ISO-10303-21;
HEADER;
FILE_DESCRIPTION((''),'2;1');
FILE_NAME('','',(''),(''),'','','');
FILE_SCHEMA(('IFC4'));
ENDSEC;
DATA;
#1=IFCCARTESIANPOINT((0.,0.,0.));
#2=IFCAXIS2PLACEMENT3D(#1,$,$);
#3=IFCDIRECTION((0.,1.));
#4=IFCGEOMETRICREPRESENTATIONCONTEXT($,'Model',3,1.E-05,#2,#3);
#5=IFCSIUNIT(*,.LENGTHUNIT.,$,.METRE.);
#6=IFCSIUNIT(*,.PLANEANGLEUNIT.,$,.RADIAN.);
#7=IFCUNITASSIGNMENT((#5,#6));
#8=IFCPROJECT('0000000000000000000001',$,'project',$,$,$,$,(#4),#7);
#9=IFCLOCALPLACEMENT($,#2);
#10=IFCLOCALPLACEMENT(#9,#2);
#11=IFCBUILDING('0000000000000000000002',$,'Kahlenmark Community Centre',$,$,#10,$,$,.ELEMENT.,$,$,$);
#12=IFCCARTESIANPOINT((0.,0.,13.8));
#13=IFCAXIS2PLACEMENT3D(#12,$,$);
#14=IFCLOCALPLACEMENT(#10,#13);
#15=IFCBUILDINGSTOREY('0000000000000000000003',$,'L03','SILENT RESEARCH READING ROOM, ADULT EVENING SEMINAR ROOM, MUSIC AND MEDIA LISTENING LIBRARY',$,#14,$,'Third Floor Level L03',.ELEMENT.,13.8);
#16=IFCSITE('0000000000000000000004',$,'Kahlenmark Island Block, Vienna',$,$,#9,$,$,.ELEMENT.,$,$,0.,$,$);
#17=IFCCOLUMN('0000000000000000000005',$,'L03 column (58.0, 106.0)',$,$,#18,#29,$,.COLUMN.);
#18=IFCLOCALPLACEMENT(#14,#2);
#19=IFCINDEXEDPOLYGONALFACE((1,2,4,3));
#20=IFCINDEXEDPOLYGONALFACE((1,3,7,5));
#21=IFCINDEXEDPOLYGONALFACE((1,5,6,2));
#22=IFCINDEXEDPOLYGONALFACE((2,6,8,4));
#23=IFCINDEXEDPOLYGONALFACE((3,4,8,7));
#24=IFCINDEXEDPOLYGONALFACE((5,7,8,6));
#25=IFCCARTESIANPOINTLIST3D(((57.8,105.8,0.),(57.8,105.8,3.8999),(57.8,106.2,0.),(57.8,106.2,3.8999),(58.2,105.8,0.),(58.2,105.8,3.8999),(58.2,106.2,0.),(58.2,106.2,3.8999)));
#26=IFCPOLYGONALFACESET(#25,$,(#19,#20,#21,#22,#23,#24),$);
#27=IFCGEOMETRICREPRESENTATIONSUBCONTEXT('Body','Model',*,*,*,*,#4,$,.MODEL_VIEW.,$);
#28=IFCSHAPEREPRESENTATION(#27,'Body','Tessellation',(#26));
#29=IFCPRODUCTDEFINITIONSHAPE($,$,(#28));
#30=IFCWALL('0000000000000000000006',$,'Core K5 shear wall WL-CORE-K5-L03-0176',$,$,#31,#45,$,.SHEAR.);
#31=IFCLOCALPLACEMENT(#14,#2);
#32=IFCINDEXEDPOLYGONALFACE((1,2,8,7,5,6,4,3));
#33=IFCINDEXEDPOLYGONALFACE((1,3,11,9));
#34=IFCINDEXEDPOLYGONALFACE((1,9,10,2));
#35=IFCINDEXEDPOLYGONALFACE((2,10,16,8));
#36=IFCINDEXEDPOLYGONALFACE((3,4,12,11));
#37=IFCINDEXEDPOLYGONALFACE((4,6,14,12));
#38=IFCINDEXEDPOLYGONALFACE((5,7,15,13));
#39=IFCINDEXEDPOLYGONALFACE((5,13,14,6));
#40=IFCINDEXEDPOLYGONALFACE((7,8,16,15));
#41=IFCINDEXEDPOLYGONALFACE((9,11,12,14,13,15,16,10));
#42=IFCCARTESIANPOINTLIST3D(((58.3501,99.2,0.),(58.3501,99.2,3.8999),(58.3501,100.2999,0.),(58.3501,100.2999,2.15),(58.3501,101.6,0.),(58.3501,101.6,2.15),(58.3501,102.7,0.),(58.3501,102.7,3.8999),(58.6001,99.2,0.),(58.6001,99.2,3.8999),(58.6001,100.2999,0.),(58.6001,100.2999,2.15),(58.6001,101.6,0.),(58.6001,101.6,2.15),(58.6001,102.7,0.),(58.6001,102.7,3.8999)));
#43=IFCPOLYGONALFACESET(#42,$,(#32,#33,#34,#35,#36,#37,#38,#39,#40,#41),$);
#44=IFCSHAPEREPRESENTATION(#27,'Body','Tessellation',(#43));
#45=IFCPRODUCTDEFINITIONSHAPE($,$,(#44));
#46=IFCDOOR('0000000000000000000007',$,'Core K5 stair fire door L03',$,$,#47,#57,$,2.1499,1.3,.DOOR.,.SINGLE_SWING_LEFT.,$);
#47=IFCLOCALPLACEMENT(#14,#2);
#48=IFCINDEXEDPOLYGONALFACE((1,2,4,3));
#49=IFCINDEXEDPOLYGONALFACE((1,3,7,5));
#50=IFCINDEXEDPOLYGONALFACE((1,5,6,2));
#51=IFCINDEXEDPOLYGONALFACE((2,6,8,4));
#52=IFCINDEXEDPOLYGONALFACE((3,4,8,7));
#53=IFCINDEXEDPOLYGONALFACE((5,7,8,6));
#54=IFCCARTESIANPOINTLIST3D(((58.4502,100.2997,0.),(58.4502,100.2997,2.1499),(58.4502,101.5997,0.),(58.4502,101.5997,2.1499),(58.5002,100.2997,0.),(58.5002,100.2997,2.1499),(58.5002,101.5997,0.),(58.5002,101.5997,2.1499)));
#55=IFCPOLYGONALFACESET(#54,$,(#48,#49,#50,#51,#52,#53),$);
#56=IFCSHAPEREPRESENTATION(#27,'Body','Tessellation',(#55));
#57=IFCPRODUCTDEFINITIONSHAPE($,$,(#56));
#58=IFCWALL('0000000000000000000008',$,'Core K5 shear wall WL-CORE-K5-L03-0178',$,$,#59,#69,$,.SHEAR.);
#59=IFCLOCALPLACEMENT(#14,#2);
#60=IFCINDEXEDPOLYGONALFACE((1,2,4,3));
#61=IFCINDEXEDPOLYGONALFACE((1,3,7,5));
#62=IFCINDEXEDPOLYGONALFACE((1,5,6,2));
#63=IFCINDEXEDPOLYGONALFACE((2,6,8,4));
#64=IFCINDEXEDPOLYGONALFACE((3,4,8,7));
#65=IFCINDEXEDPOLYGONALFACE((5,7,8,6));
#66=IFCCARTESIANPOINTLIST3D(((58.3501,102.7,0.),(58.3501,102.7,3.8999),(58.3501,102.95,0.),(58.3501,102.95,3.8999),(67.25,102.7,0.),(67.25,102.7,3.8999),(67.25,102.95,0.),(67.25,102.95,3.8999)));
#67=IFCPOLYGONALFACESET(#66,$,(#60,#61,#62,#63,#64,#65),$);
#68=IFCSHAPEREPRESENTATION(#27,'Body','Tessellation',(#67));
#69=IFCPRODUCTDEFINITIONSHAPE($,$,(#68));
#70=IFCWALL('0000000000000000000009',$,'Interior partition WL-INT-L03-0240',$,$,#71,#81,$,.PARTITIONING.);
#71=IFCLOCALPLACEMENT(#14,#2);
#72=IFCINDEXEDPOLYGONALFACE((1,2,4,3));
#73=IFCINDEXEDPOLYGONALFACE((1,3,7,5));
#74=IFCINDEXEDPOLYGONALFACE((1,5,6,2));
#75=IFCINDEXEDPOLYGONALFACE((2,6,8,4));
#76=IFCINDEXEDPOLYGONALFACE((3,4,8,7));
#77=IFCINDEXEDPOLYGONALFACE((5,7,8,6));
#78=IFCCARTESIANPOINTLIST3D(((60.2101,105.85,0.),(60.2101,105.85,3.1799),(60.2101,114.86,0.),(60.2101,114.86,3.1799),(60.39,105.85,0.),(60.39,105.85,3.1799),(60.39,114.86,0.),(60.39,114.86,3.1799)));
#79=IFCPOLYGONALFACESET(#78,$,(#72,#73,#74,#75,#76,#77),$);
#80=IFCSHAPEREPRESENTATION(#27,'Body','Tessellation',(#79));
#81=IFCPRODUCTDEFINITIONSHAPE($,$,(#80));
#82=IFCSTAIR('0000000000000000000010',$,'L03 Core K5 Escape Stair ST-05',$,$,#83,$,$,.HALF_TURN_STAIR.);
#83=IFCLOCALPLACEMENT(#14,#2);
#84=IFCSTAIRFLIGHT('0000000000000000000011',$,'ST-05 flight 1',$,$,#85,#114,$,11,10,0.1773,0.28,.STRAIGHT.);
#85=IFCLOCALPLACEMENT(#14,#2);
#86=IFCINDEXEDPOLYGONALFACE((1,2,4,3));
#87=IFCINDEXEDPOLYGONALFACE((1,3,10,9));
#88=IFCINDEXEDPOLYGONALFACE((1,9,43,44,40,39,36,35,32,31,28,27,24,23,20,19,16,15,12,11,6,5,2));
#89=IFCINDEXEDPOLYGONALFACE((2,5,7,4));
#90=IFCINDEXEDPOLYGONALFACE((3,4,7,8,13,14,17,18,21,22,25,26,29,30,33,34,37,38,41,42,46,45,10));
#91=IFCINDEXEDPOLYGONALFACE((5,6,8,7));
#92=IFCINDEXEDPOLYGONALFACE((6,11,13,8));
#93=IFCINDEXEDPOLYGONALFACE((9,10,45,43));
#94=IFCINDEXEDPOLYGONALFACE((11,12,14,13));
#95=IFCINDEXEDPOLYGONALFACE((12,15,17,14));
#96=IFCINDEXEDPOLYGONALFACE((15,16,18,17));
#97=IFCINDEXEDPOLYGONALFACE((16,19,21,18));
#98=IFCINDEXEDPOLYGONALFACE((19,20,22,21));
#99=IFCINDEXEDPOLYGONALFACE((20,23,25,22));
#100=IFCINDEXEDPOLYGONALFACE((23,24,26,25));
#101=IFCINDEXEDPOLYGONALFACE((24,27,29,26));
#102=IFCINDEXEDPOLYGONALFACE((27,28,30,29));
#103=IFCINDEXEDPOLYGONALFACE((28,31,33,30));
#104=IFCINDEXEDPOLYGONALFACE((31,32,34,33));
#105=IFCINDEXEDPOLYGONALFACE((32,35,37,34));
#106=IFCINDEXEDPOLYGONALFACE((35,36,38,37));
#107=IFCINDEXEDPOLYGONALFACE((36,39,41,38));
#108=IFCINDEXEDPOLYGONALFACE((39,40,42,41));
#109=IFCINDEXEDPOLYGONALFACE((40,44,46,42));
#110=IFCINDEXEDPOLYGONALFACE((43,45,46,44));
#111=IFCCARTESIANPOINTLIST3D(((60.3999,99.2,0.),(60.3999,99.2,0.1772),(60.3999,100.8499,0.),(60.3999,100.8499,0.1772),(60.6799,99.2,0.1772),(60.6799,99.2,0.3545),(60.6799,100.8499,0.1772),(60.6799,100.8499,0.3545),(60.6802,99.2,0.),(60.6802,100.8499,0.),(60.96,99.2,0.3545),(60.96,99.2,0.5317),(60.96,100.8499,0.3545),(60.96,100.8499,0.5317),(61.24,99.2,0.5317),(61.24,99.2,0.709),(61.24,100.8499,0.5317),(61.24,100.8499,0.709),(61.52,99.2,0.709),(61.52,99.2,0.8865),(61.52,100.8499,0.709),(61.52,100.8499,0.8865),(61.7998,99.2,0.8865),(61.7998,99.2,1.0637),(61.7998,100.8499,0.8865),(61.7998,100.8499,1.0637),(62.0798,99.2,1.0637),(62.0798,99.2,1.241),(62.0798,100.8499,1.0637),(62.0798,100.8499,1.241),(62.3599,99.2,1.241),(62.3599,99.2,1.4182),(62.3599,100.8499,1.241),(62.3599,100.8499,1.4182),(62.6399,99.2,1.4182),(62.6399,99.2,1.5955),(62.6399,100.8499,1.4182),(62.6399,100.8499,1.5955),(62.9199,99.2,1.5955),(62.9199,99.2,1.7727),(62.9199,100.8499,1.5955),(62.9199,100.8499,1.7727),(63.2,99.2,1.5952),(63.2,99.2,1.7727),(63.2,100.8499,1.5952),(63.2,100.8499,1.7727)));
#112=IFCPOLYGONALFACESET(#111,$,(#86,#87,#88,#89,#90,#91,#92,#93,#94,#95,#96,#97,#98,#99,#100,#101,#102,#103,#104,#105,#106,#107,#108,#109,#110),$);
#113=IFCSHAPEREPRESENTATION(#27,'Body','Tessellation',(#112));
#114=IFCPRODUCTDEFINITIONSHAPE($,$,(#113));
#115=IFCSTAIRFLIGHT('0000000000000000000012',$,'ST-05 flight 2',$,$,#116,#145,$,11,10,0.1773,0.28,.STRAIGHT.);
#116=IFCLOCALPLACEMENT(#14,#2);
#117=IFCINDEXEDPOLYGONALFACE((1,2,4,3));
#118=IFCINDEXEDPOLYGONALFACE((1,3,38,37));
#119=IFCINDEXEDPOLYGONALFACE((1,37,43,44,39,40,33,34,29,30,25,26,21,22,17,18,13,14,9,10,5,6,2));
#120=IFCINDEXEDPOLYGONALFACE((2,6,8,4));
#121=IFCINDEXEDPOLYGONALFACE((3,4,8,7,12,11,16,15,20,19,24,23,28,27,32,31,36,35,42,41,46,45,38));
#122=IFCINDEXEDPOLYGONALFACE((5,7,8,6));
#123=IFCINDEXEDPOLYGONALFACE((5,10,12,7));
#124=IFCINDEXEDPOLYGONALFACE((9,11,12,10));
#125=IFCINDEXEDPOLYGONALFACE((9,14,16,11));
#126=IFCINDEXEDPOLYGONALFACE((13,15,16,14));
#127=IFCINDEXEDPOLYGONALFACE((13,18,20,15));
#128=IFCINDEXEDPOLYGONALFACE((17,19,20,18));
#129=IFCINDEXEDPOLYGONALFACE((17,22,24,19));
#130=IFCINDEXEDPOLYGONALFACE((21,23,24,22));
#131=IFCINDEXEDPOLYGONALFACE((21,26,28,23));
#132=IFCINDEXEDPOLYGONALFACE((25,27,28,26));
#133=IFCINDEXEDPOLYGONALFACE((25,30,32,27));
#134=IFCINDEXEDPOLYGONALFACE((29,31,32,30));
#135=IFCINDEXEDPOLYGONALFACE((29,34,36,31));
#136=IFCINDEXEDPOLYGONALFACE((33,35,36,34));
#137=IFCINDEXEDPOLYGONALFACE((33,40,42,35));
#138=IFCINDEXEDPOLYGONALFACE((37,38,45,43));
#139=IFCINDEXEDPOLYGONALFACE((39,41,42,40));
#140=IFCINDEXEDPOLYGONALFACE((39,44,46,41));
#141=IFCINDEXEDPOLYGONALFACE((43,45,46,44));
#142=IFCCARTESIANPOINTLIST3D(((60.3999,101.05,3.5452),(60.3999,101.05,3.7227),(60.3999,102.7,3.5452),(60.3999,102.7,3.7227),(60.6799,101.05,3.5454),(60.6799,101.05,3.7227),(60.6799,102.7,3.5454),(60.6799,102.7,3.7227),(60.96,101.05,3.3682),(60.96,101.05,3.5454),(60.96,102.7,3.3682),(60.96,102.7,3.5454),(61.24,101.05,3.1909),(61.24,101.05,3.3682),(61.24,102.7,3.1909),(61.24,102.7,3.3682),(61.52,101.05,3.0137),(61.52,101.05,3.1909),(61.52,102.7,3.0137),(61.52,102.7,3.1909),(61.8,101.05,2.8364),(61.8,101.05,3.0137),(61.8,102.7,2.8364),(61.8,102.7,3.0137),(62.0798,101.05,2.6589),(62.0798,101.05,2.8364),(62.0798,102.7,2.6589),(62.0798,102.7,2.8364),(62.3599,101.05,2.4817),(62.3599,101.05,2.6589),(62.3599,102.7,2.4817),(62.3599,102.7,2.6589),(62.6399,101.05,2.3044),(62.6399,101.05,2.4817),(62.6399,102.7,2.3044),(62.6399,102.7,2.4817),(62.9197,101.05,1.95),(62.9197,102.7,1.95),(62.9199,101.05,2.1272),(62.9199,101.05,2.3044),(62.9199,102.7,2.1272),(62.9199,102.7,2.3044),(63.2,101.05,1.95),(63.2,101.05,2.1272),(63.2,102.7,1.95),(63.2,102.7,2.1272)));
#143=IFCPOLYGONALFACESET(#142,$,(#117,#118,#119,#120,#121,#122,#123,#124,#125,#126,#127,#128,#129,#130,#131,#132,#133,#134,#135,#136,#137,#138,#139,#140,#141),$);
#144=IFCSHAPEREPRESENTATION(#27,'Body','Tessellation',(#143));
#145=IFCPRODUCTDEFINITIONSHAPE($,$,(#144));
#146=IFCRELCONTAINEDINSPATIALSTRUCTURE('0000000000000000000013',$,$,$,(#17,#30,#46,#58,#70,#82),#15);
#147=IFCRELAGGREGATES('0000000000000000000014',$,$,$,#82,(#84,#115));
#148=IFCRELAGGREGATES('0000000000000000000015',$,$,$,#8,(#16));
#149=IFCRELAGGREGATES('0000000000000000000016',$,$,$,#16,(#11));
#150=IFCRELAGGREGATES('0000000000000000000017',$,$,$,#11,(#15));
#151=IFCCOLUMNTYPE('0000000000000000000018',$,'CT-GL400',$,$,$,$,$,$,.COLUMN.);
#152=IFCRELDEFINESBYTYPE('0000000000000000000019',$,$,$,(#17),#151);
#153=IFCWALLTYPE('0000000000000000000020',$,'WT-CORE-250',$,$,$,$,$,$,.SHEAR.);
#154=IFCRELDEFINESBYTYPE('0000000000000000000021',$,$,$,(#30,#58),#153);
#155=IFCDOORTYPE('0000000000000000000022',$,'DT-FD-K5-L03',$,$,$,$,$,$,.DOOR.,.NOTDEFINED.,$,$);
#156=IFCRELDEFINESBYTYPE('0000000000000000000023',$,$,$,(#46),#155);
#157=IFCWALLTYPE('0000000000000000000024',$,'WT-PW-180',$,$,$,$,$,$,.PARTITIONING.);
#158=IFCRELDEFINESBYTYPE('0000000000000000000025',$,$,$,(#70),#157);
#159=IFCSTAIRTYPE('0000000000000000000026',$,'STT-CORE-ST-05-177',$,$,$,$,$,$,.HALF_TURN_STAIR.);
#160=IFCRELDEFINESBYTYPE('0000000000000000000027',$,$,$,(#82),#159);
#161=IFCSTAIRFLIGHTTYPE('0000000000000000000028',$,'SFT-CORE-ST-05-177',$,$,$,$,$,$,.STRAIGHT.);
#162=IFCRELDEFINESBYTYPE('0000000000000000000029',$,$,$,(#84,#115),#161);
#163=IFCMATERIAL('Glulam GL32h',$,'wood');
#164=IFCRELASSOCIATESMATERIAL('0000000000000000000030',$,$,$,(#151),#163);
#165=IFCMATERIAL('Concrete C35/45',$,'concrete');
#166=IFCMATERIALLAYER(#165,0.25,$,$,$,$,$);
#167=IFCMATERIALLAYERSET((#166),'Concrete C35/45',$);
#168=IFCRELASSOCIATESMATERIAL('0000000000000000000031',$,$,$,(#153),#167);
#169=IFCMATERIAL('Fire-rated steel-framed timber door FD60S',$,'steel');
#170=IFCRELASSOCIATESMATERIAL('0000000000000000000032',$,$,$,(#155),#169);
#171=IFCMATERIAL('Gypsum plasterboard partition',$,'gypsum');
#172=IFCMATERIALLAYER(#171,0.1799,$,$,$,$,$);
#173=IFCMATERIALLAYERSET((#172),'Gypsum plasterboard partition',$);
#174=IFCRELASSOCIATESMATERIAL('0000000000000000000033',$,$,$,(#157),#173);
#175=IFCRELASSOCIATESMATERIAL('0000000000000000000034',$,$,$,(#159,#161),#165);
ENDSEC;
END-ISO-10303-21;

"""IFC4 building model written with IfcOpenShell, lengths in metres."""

from ifc_helpers import new_model, si_unit, direction, frame, frame_2d, origin, origin_2d, place, context, subcontext, project, spatial, polyline, rectangle, outline, extrude, material, layer, layer_set, material_profile, profile_set, type_object, element, fill, aggregate, save


model = new_model("IFC4")

# Units and contexts
model_context = context("Model", 3, precision=1e-05, world=origin(), true_north=direction((0.0, 1.0)))
body_context = subcontext(model_context, "Body", "Model", "MODEL_VIEW")
ifc_project = project(units=[si_unit("LENGTHUNIT", "METRE"), si_unit("PLANEANGLEUNIT", "RADIAN")], contexts=[model_context])

# Site, building, storey
site_placement = place(None, origin())
site = spatial("IfcSite", under=ifc_project, at=site_placement, Name="Kahlenmark Island Block, Vienna", CompositionType="ELEMENT", RefElevation=0.0)
building_placement = place(site_placement, origin())
building = spatial("IfcBuilding", under=site, at=building_placement, Name="Kahlenmark Community Centre", CompositionType="ELEMENT")
storey_placement = place(building_placement, frame((0.0, 0.0, 13.8)))
storey = spatial("IfcBuildingStorey", under=building, at=storey_placement, Name="L03", Description="SILENT RESEARCH READING ROOM, ADULT EVENING SEMINAR ROOM, MUSIC AND MEDIA LISTENING LIBRARY", LongName="Third Floor Level L03", CompositionType="ELEMENT", Elevation=13.8)

# Column
ifc_material_1 = material(Name="Glulam GL32h", Category="wood")
ifc_material_profile = material_profile(ifc_material_1, rectangle(XDim=0.3999, YDim=0.3999, at=origin_2d()), Name="GL32h 400x400")
ifc_profile_set = profile_set([ifc_material_profile], Name="Glulam GL32h")
column_type = type_object("IfcColumnType", Name="CT-GL400", PredefinedType="COLUMN", material=ifc_profile_set)
column_placement = place(storey_placement, frame((58.0, 106.0, 0.0), z_axis=(0.0, 0.0, 1.0), x_axis=(1.0, 0.0, 0.0)))
element("IfcColumn", 1, at=column_placement, inside=storey, type_object=column_type, Name="L03 column (58.0, 106.0)", PredefinedType="COLUMN", context=body_context, shape_type="SweptSolid", body=[
    extrude(rectangle(XDim=0.3999, YDim=0.3999, at=origin_2d()), origin(), (0.0, 0.0, 1.0), 3.8999),
])

# Wall, opening, door
ifc_material_2 = material(Name="Concrete C35/45", Category="concrete")
ifc_layer_1 = layer(ifc_material_2, 0.25)
ifc_layer_set_1 = layer_set([ifc_layer_1], Name="Concrete C35/45")
wall_type_1 = type_object("IfcWallType", Name="WT-CORE-250", PredefinedType="SHEAR", material=ifc_layer_set_1)
wall_1_placement = place(storey_placement, frame((58.4751, 102.7, 0.0), z_axis=(0.0, 0.0, 1.0), x_axis=(0.0, -1.0, 0.0)))
wall_1 = element("IfcWall", 2, at=wall_1_placement, inside=storey, type_object=wall_type_1, Name="Core K5 shear wall WL-CORE-K5-L03-0176", PredefinedType="SHEAR", context=body_context, shape_type="SweptSolid", body=[
    extrude(rectangle(XDim=3.5, YDim=0.25, at=frame_2d((1.75, 0.0))), origin(), (0.0, 0.0, 1.0), 3.8999),
])
opening_1_placement = place(wall_1_placement, frame((1.1001, 0.0, -0.01)))
opening_1 = element("IfcOpeningElement", 3, at=opening_1_placement, cuts=wall_1, PredefinedType="OPENING", context=body_context, shape_type="SweptSolid", body=[
    extrude(rectangle(XDim=1.3, YDim=2.1599, at=frame_2d((0.6499, 1.0801))), frame((0.0, 0.135, 0.0), z_axis=(0.0, -1.0, 0.0), x_axis=(1.0, 0.0, 0.0)), (0.0, 0.0, 1.0), 0.27),
])
ifc_material_3 = material(Name="Fire-rated steel-framed timber door FD60S", Category="steel")
door_type_1 = type_object("IfcDoorType", Name="DT-FD-K5-L03", OperationType="NOTDEFINED", PredefinedType="DOOR", material=ifc_material_3)
door_1_placement = place(opening_1_placement, frame((1.3, 0.0, 0.01), z_axis=(0.0, 0.0, 1.0), x_axis=(-1.0, 0.0, 0.0)))
door_1 = element("IfcDoor", 4, at=door_1_placement, inside=storey, type_object=door_type_1, Name="Core K5 stair fire door L03", OperationType="SINGLE_SWING_LEFT", OverallHeight=2.1499, OverallWidth=1.3, PredefinedType="DOOR", context=body_context, shape_type="SweptSolid", body=[
    extrude(rectangle(XDim=1.3, YDim=2.1499, at=frame_2d((0.6499, 1.075))), frame((0.0, 0.0249, 0.0), z_axis=(0.0, -1.0, 0.0), x_axis=(1.0, 0.0, 0.0)), (0.0, 0.0, 1.0), 0.05),
])
fill(opening_1, door_1)

# Wall
wall_2_placement = place(storey_placement, frame((58.3501, 102.825, 0.0), z_axis=(0.0, 0.0, 1.0), x_axis=(1.0, 0.0, 0.0)))
element("IfcWall", 5, at=wall_2_placement, inside=storey, type_object=wall_type_1, Name="Core K5 shear wall WL-CORE-K5-L03-0178", PredefinedType="SHEAR", context=body_context, shape_type="SweptSolid", body=[
    extrude(rectangle(XDim=8.8999, YDim=0.25, at=frame_2d((4.45, 0.0))), origin(), (0.0, 0.0, 1.0), 3.8999),
])

# Shared definitions
ifc_material_4 = material(Name="Gypsum plasterboard partition", Category="gypsum")
ifc_layer_2 = layer(ifc_material_4, 0.1799)
ifc_layer_set_2 = layer_set([ifc_layer_2], Name="Gypsum plasterboard partition")
wall_type_2 = type_object("IfcWallType", Name="WT-PW-180", PredefinedType="PARTITIONING", material=ifc_layer_set_2)

# Wall
wall_3_placement = place(storey_placement, frame((60.3, 105.8501, 0.0), z_axis=(0.0, 0.0, 1.0), x_axis=(0.0, 1.0, 0.0)))
element("IfcWall", 6, at=wall_3_placement, inside=storey, type_object=wall_type_2, Name="Interior partition WL-INT-L03-0240", PredefinedType="PARTITIONING", context=body_context, shape_type="SweptSolid", body=[
    extrude(rectangle(XDim=9.01, YDim=0.1799, at=frame_2d((4.5049, 0.0))), origin(), (0.0, 0.0, 1.0), 3.1799),
])

# Stair, stair flights
stair_type = type_object("IfcStairType", Name="STT-CORE-ST-05-177", PredefinedType="HALF_TURN_STAIR", material=ifc_material_2)
stair_placement = place(storey_placement, origin())
stair = element("IfcStair", 7, at=stair_placement, inside=storey, type_object=stair_type, Name="L03 Core K5 Escape Stair ST-05", PredefinedType="HALF_TURN_STAIR")
stair_flight_type = type_object("IfcStairFlightType", Name="SFT-CORE-ST-05-177", PredefinedType="STRAIGHT", material=ifc_material_2)
stair_flight_1_placement = place(storey_placement, frame((60.3999, 100.0249, 0.0), z_axis=(0.0, 0.0, 1.0), x_axis=(1.0, 0.0, 0.0)))
stair_flight_1 = element("IfcStairFlight", 8, at=stair_flight_1_placement, type_object=stair_flight_type, Name="ST-05 flight 1", NumberOfRisers=11, NumberOfTreads=10, PredefinedType="STRAIGHT", RiserHeight=0.1773, TreadLength=0.28, context=body_context, shape_type="SweptSolid", body=[
    extrude(outline(polyline([(0.0, 0.0), (0.0, 0.1772), (0.28, 0.1772), (0.28, 0.3545), (0.5601, 0.3545), (0.5601, 0.5317), (0.8401, 0.5317), (0.8401, 0.709), (1.1201, 0.709), (1.1201, 0.8865), (1.3999, 0.8865), (1.3999, 1.0637), (1.6799, 1.0637), (1.6799, 1.241), (1.96, 1.241), (1.96, 1.4182), (2.24, 1.4182), (2.24, 1.5955), (2.52, 1.5955), (2.52, 1.7727), (2.8, 1.7727), (2.8, 1.95), (2.8, 1.5952), (0.2803, 0.0), (0.0, 0.0)])), frame((0.0, 0.825, 0.0), z_axis=(0.0, -1.0, 0.0), x_axis=(1.0, 0.0, 0.0)), (0.0, 0.0, 1.0), 1.6499),
])
stair_flight_2_placement = place(storey_placement, frame((63.2, 101.875, 1.95), z_axis=(0.0, 0.0, 1.0), x_axis=(-1.0, 0.0, 0.0)))
stair_flight_2 = element("IfcStairFlight", 9, at=stair_flight_2_placement, type_object=stair_flight_type, Name="ST-05 flight 2", NumberOfRisers=11, NumberOfTreads=10, PredefinedType="STRAIGHT", RiserHeight=0.1773, TreadLength=0.28, context=body_context, shape_type="SweptSolid", body=[
    extrude(outline(polyline([(0.0, 0.0), (0.0, 0.1772), (0.28, 0.1772), (0.28, 0.3545), (0.5601, 0.3545), (0.5601, 0.5317), (0.8401, 0.5317), (0.8401, 0.709), (1.1201, 0.709), (1.1201, 0.8865), (1.3999, 0.8865), (1.3999, 1.0637), (1.6799, 1.0637), (1.6799, 1.241), (1.96, 1.241), (1.96, 1.4182), (2.24, 1.4182), (2.24, 1.5955), (2.52, 1.5955), (2.52, 1.7727), (2.8, 1.7727), (2.8, 1.95), (2.8, 1.5952), (0.2803, 0.0), (0.0, 0.0)])), frame((0.0, 0.825, 0.0), z_axis=(0.0, -1.0, 0.0), x_axis=(1.0, 0.0, 0.0)), (0.0, 0.0, 1.0), 1.6499),
])
aggregate(stair, [stair_flight_1, stair_flight_2])

save(model, "model.ifc")
